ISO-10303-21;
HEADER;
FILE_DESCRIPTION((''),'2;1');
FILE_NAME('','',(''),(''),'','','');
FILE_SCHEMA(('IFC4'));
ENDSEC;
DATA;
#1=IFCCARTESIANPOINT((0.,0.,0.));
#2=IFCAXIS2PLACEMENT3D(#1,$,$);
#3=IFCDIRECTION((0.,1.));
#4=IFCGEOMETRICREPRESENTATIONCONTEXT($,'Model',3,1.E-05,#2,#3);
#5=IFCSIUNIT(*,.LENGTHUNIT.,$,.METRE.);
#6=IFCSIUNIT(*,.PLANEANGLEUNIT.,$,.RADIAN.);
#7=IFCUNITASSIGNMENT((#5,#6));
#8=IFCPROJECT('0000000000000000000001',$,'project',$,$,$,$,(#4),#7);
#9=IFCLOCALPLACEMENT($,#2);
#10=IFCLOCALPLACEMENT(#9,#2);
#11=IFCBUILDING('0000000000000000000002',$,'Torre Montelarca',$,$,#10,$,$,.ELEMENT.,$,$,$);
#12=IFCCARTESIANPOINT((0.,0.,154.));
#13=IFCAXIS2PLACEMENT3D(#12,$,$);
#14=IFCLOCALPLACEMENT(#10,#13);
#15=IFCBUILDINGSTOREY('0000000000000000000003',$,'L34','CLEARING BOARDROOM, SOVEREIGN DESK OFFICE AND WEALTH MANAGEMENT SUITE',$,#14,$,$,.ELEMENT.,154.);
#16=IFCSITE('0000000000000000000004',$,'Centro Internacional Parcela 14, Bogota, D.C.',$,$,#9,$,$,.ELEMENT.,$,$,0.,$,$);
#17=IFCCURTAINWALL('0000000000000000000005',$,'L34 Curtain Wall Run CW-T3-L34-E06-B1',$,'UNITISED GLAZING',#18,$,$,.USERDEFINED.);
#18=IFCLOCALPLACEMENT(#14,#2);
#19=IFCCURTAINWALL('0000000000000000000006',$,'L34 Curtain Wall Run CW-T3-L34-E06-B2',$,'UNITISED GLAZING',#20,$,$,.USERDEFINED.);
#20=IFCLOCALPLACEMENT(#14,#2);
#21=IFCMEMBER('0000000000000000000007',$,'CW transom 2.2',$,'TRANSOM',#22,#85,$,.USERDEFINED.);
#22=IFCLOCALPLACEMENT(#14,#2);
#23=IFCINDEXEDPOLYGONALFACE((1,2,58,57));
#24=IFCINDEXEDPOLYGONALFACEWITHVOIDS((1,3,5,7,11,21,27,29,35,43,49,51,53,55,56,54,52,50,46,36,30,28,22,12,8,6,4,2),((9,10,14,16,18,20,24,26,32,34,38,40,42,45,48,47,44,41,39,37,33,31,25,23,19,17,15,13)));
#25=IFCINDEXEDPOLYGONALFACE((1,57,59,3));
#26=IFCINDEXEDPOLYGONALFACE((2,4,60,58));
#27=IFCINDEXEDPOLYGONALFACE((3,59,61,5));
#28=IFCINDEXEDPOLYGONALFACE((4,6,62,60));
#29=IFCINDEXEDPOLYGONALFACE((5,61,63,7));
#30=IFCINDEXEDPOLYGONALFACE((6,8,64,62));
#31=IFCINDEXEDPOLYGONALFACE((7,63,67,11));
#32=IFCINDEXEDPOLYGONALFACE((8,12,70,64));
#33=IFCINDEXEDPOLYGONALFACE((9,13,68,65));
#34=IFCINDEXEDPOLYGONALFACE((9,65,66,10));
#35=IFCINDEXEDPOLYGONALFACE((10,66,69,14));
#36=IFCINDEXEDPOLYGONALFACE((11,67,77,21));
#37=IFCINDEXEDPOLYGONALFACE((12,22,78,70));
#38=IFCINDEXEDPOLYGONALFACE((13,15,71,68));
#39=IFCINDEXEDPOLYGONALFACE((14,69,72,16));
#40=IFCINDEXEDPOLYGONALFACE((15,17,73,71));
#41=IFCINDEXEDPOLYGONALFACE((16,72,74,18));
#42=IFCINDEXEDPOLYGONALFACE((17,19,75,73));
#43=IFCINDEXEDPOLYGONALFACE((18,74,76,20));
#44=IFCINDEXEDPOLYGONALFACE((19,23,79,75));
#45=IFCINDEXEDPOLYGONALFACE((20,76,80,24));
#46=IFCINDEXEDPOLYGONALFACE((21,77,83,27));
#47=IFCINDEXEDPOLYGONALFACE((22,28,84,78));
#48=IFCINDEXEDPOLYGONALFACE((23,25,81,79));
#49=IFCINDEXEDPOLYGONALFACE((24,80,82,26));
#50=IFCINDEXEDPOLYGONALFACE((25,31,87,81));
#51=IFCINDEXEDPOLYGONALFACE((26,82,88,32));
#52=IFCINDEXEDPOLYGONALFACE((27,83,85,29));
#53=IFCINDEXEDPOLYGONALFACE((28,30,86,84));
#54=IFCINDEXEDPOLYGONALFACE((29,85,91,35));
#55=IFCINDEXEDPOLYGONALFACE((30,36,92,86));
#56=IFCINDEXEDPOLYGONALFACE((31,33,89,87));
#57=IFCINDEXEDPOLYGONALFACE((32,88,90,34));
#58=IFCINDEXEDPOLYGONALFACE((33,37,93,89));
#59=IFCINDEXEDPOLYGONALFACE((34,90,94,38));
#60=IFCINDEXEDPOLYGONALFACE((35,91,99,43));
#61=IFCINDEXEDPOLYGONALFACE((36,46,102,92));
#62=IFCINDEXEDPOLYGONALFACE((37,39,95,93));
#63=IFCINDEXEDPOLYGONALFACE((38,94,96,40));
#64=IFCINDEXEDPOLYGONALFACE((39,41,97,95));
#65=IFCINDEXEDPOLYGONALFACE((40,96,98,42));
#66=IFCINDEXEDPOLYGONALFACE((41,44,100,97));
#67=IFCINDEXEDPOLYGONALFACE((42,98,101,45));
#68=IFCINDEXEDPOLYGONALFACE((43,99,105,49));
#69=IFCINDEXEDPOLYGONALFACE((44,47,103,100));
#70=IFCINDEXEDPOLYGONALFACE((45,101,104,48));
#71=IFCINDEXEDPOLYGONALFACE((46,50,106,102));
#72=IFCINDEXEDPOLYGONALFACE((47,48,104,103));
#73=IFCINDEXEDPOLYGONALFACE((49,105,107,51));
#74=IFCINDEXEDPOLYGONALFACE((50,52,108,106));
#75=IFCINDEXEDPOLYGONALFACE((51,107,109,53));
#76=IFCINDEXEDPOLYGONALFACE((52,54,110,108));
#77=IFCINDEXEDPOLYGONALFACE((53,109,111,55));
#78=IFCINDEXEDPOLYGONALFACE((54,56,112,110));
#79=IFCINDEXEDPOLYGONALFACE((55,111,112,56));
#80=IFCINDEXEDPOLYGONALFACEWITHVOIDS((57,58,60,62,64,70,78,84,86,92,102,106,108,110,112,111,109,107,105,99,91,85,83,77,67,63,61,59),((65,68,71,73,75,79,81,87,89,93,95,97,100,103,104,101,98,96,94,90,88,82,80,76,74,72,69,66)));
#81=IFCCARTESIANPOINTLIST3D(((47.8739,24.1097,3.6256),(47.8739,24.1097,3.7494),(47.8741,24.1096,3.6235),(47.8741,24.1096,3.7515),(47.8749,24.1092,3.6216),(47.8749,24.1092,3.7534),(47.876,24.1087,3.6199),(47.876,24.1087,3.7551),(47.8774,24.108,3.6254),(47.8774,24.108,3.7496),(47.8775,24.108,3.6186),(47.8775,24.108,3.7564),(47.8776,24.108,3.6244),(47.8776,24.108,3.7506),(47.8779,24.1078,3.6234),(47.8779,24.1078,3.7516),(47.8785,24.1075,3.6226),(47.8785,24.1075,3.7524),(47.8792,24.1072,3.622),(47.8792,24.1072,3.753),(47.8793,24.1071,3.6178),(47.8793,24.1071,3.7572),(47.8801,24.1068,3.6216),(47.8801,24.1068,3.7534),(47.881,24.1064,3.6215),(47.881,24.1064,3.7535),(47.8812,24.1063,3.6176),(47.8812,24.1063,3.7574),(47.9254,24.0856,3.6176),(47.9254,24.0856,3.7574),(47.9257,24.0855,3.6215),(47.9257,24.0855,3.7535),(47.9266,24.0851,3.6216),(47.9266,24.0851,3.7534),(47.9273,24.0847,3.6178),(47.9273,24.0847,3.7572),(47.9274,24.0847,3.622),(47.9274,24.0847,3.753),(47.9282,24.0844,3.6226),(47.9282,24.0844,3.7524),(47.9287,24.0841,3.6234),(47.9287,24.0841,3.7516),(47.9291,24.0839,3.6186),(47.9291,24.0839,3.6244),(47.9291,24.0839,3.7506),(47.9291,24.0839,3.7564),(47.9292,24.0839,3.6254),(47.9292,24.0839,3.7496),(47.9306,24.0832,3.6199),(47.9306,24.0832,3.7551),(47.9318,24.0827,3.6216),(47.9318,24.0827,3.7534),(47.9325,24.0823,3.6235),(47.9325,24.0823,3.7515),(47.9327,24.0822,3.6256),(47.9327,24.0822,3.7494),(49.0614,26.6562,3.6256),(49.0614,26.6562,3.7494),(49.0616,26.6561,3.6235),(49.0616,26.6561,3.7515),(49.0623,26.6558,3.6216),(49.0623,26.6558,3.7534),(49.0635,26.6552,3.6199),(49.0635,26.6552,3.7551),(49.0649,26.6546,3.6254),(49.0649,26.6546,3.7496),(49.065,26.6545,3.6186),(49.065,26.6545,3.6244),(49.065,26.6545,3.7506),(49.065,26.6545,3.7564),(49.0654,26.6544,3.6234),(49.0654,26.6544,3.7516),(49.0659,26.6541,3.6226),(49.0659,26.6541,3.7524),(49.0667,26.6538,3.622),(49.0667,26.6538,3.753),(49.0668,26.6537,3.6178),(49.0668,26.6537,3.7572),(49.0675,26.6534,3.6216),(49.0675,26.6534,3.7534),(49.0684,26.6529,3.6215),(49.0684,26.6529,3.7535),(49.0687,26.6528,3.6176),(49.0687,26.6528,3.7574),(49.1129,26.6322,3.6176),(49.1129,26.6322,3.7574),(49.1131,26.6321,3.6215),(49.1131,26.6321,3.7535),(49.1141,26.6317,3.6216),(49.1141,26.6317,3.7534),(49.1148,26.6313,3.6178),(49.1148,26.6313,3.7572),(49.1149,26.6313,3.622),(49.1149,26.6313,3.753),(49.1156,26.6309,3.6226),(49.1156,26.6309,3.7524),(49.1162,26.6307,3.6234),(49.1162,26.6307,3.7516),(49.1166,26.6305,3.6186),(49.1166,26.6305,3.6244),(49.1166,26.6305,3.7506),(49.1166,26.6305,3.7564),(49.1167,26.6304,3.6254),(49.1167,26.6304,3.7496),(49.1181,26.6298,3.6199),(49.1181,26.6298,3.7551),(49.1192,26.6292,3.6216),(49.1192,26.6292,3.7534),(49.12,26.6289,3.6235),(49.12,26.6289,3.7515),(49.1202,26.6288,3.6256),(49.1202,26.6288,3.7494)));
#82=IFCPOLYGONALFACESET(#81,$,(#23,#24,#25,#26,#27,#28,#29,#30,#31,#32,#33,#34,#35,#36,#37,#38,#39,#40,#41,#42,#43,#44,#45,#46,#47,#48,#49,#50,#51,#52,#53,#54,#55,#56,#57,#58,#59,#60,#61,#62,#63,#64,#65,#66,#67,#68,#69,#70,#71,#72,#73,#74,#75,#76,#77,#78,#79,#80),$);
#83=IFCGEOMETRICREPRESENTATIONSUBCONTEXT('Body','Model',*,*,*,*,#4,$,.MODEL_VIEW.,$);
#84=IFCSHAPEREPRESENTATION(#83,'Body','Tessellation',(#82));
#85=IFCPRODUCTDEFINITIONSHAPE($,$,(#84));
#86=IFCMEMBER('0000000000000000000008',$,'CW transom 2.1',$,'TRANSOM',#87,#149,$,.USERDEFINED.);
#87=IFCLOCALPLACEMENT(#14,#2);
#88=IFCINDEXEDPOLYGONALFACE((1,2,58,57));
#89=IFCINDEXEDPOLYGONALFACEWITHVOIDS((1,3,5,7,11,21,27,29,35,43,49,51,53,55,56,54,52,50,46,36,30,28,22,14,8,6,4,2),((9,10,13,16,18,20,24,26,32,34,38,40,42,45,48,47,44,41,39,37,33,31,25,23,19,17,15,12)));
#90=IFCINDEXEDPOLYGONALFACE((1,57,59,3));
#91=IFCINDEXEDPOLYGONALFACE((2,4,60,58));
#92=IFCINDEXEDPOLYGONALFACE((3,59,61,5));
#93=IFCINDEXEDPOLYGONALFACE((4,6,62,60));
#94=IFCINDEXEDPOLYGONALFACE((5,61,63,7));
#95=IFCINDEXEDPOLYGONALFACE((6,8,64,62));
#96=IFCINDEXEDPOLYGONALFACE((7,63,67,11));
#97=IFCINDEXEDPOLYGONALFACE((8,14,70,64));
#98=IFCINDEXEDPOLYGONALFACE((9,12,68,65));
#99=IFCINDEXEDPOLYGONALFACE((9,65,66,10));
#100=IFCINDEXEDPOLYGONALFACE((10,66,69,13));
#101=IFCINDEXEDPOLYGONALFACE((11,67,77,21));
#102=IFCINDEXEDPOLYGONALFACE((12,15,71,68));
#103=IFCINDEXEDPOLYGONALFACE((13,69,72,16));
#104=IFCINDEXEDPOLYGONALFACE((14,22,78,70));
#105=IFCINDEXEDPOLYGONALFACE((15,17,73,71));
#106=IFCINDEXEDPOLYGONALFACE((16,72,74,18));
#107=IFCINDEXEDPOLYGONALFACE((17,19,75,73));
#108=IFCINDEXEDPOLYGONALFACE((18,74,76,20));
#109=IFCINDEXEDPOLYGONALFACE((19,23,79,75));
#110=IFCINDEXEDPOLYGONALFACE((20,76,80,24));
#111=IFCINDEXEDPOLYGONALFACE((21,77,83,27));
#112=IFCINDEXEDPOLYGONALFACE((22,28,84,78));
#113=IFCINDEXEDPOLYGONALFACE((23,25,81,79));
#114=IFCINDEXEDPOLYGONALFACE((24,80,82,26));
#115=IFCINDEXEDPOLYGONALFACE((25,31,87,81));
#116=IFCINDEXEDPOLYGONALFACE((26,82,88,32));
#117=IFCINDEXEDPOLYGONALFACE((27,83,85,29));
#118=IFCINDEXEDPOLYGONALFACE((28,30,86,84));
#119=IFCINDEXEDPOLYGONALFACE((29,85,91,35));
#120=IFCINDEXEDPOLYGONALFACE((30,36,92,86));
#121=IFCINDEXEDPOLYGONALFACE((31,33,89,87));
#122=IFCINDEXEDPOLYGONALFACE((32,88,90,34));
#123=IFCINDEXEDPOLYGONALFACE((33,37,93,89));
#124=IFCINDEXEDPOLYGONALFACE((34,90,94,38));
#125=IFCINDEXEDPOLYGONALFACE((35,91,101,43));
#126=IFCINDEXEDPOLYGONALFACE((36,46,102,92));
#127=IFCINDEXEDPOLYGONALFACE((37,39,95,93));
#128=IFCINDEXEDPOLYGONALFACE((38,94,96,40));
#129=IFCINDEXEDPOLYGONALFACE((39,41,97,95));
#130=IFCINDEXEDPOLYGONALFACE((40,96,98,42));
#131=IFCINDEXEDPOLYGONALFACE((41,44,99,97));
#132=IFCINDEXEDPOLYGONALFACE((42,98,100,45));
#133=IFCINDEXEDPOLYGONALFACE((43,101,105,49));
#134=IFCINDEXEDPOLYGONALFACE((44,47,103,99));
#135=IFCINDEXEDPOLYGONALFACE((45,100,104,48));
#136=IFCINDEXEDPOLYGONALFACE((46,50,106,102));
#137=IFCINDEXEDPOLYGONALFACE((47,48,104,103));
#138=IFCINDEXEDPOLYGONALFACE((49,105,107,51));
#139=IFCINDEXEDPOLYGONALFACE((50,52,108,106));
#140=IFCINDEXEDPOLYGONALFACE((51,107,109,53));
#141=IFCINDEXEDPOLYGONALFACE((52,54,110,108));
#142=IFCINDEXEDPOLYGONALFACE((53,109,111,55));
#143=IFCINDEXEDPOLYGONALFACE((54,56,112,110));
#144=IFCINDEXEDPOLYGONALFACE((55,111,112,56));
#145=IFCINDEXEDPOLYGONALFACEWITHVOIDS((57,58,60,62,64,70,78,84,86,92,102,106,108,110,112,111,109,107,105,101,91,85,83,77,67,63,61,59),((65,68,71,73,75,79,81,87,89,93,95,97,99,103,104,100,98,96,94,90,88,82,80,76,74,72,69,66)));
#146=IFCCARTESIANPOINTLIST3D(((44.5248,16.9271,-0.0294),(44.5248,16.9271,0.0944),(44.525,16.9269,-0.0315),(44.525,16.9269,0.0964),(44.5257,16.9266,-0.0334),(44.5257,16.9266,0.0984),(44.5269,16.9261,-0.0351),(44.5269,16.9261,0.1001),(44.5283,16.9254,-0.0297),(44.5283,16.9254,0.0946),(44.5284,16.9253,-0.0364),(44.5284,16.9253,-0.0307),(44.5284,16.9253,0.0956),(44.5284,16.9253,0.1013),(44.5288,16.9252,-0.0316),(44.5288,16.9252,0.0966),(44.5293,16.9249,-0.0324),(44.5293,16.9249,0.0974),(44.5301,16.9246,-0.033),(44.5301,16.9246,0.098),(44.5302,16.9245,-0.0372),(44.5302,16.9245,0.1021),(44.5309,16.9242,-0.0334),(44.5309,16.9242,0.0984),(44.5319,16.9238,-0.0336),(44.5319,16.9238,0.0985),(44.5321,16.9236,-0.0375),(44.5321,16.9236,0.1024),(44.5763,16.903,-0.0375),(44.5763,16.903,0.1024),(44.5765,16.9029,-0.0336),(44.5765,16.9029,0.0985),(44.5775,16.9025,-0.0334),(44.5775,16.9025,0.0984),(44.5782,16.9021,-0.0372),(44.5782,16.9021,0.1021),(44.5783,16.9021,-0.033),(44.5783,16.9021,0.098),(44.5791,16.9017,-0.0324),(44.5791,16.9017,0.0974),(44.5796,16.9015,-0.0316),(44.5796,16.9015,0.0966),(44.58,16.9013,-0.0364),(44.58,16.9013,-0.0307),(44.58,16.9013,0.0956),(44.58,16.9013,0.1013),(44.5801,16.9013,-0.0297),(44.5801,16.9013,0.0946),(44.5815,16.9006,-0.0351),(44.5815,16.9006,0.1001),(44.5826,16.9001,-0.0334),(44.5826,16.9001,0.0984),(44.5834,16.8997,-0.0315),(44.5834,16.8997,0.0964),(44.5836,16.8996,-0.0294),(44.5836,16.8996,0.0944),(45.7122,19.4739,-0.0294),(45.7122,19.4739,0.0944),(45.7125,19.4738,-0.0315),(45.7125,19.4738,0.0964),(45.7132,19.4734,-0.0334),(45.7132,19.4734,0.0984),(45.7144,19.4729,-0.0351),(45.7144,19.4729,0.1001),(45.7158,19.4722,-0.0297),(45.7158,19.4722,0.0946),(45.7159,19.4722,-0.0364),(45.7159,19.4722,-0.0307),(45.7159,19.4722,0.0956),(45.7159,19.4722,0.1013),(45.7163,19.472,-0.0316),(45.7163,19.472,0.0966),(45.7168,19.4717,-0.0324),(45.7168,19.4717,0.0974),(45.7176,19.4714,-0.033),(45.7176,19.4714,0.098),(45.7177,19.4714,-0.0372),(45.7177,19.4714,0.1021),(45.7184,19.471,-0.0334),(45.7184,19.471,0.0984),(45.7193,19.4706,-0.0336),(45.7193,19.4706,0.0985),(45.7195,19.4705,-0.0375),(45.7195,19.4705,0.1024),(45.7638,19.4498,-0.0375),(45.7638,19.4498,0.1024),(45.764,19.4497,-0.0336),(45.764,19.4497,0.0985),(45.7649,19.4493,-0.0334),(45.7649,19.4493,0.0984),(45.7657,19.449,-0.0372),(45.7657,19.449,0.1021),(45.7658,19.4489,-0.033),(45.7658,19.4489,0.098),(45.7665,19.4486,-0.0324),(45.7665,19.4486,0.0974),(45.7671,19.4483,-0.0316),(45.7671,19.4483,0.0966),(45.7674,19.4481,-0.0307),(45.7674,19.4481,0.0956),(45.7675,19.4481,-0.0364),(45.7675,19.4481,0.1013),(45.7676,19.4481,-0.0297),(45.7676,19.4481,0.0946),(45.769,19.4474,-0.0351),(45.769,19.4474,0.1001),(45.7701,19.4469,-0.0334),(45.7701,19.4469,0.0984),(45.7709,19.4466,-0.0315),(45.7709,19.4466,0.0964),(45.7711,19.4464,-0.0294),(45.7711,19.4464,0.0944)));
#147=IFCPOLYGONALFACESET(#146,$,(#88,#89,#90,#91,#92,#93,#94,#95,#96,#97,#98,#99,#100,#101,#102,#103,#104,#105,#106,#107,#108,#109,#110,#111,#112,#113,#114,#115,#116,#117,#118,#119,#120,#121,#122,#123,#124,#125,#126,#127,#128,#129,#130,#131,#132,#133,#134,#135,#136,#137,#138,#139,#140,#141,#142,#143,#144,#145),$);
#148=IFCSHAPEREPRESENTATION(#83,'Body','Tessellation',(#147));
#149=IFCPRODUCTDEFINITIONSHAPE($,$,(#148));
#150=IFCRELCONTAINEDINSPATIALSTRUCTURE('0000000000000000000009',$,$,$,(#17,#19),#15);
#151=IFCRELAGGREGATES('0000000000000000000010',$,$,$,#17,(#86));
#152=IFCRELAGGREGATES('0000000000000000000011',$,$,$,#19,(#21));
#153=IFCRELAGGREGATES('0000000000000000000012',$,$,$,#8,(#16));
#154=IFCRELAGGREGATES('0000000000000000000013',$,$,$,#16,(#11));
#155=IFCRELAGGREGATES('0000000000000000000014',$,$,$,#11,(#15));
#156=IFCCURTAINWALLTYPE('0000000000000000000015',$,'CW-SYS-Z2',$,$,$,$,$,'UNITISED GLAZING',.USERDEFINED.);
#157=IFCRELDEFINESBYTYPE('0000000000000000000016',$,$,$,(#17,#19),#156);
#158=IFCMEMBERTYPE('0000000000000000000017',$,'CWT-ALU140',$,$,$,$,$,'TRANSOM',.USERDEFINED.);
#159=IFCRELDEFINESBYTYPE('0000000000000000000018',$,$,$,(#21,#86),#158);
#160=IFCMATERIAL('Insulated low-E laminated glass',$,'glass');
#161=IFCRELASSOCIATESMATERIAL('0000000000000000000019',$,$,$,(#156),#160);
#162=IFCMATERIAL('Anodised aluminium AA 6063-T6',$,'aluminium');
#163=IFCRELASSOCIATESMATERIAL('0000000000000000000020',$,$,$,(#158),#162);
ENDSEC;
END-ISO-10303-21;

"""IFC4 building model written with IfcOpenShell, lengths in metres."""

from ifc_helpers import new_model, si_unit, direction, frame, origin, origin_2d, place, context, subcontext, project, spatial, hollow_rectangle, extrude, source, transform, mapped, material, material_profile, profile_set, type_object, element, aggregate, save


model = new_model("IFC4")

# Units and contexts
model_context = context("Model", 3, precision=1e-05, world=origin(), true_north=direction((0.0, 1.0)))
body_context = subcontext(model_context, "Body", "Model", "MODEL_VIEW")
ifc_project = project(units=[si_unit("LENGTHUNIT", "METRE"), si_unit("PLANEANGLEUNIT", "RADIAN")], contexts=[model_context])

# Site, building, storey
site_placement = place(None, origin())
site = spatial("IfcSite", under=ifc_project, at=site_placement, Name="Centro Internacional Parcela 14, Bogota, D.C.", CompositionType="ELEMENT", RefElevation=0.0)
building_placement = place(site_placement, origin())
building = spatial("IfcBuilding", under=site, at=building_placement, Name="Torre Montelarca", CompositionType="ELEMENT")
storey_placement = place(building_placement, frame((0.0, 0.0, 154.0)))
storey = spatial("IfcBuildingStorey", under=building, at=storey_placement, Name="L34", Description="CLEARING BOARDROOM, SOVEREIGN DESK OFFICE AND WEALTH MANAGEMENT SUITE", CompositionType="ELEMENT", Elevation=154.0)

# Curtain walls
ifc_material_1 = material(Name="Insulated low-E laminated glass", Category="glass")
curtain_wall_type = type_object("IfcCurtainWallType", Name="CW-SYS-Z2", ElementType="UNITISED GLAZING", PredefinedType="USERDEFINED", material=ifc_material_1)
ifc_material_2 = material(Name="Anodised aluminium AA 6063-T6", Category="aluminium")
ifc_material_profile_1 = material_profile(ifc_material_2, hollow_rectangle(XDim=0.0649, YDim=0.1399, WallThickness=0.0039, InnerFilletRadius=0.0039, OuterFilletRadius=0.0081, at=origin_2d()), Name="ALU65X140X4", Category="aluminium")
ifc_profile_set_1 = profile_set([ifc_material_profile_1], Name="Anodised aluminium AA 6063-T6")
member_type_1 = type_object("IfcMemberType", Name="CWT-ALU140", ElementType="TRANSOM", PredefinedType="USERDEFINED", material=ifc_profile_set_1)
curtain_wall_1_placement = place(storey_placement, origin())
curtain_wall_1 = element("IfcCurtainWall", 1, at=curtain_wall_1_placement, inside=storey, type_object=curtain_wall_type, Name="L34 Curtain Wall Run CW-T3-L34-E06-B1", ObjectType="UNITISED GLAZING", PredefinedType="USERDEFINED")
curtain_wall_2_placement = place(storey_placement, origin())
curtain_wall_2 = element("IfcCurtainWall", 2, at=curtain_wall_2_placement, inside=storey, type_object=curtain_wall_type, Name="L34 Curtain Wall Run CW-T3-L34-E06-B2", ObjectType="UNITISED GLAZING", PredefinedType="USERDEFINED")

# Members
shared_shape_1 = source(origin(), body_context, "Body", "SweptSolid", [
    extrude(hollow_rectangle(XDim=0.0649, YDim=0.1399, WallThickness=0.0039, InnerFilletRadius=0.0039, OuterFilletRadius=0.0081, at=origin_2d()), origin(), (0.0, 0.0, 1.0), 2.8098),
])
member_1_placement = place(storey_placement, frame((47.9033, 24.0959, 3.6875), z_axis=(0.422614, 0.90631, 0.0), x_axis=(-0.90631, 0.422614, 0.0)))
member_1 = element("IfcMember", 3, at=member_1_placement, type_object=member_type_1, Name="CW transom 2.2", ObjectType="TRANSOM", PredefinedType="USERDEFINED", context=body_context, shape_type="MappedRepresentation", body=[
    mapped(shared_shape_1, transform((0.0, 0.0, 0.0), scale=1.0)),
])
shared_shape_2 = source(origin(), body_context, "Body", "SweptSolid", [
    extrude(hollow_rectangle(XDim=0.0649, YDim=0.1399, WallThickness=0.0039, InnerFilletRadius=0.0039, OuterFilletRadius=0.0081, at=origin_2d()), origin(), (0.0, 0.0, 1.0), 2.8101),
])
member_2_placement = place(storey_placement, frame((44.5542, 16.9133, 0.0325), z_axis=(0.422581, 0.906325, 0.0), x_axis=(-0.906325, 0.422581, 0.0)))
member_2 = element("IfcMember", 4, at=member_2_placement, type_object=member_type_1, Name="CW transom 2.1", ObjectType="TRANSOM", PredefinedType="USERDEFINED", context=body_context, shape_type="MappedRepresentation", body=[
    mapped(shared_shape_2, transform((0.0, 0.0, 0.0), scale=1.0)),
])

aggregate(curtain_wall_1, [member_2])
aggregate(curtain_wall_2, [member_1])

save(model, "model.ifc")
